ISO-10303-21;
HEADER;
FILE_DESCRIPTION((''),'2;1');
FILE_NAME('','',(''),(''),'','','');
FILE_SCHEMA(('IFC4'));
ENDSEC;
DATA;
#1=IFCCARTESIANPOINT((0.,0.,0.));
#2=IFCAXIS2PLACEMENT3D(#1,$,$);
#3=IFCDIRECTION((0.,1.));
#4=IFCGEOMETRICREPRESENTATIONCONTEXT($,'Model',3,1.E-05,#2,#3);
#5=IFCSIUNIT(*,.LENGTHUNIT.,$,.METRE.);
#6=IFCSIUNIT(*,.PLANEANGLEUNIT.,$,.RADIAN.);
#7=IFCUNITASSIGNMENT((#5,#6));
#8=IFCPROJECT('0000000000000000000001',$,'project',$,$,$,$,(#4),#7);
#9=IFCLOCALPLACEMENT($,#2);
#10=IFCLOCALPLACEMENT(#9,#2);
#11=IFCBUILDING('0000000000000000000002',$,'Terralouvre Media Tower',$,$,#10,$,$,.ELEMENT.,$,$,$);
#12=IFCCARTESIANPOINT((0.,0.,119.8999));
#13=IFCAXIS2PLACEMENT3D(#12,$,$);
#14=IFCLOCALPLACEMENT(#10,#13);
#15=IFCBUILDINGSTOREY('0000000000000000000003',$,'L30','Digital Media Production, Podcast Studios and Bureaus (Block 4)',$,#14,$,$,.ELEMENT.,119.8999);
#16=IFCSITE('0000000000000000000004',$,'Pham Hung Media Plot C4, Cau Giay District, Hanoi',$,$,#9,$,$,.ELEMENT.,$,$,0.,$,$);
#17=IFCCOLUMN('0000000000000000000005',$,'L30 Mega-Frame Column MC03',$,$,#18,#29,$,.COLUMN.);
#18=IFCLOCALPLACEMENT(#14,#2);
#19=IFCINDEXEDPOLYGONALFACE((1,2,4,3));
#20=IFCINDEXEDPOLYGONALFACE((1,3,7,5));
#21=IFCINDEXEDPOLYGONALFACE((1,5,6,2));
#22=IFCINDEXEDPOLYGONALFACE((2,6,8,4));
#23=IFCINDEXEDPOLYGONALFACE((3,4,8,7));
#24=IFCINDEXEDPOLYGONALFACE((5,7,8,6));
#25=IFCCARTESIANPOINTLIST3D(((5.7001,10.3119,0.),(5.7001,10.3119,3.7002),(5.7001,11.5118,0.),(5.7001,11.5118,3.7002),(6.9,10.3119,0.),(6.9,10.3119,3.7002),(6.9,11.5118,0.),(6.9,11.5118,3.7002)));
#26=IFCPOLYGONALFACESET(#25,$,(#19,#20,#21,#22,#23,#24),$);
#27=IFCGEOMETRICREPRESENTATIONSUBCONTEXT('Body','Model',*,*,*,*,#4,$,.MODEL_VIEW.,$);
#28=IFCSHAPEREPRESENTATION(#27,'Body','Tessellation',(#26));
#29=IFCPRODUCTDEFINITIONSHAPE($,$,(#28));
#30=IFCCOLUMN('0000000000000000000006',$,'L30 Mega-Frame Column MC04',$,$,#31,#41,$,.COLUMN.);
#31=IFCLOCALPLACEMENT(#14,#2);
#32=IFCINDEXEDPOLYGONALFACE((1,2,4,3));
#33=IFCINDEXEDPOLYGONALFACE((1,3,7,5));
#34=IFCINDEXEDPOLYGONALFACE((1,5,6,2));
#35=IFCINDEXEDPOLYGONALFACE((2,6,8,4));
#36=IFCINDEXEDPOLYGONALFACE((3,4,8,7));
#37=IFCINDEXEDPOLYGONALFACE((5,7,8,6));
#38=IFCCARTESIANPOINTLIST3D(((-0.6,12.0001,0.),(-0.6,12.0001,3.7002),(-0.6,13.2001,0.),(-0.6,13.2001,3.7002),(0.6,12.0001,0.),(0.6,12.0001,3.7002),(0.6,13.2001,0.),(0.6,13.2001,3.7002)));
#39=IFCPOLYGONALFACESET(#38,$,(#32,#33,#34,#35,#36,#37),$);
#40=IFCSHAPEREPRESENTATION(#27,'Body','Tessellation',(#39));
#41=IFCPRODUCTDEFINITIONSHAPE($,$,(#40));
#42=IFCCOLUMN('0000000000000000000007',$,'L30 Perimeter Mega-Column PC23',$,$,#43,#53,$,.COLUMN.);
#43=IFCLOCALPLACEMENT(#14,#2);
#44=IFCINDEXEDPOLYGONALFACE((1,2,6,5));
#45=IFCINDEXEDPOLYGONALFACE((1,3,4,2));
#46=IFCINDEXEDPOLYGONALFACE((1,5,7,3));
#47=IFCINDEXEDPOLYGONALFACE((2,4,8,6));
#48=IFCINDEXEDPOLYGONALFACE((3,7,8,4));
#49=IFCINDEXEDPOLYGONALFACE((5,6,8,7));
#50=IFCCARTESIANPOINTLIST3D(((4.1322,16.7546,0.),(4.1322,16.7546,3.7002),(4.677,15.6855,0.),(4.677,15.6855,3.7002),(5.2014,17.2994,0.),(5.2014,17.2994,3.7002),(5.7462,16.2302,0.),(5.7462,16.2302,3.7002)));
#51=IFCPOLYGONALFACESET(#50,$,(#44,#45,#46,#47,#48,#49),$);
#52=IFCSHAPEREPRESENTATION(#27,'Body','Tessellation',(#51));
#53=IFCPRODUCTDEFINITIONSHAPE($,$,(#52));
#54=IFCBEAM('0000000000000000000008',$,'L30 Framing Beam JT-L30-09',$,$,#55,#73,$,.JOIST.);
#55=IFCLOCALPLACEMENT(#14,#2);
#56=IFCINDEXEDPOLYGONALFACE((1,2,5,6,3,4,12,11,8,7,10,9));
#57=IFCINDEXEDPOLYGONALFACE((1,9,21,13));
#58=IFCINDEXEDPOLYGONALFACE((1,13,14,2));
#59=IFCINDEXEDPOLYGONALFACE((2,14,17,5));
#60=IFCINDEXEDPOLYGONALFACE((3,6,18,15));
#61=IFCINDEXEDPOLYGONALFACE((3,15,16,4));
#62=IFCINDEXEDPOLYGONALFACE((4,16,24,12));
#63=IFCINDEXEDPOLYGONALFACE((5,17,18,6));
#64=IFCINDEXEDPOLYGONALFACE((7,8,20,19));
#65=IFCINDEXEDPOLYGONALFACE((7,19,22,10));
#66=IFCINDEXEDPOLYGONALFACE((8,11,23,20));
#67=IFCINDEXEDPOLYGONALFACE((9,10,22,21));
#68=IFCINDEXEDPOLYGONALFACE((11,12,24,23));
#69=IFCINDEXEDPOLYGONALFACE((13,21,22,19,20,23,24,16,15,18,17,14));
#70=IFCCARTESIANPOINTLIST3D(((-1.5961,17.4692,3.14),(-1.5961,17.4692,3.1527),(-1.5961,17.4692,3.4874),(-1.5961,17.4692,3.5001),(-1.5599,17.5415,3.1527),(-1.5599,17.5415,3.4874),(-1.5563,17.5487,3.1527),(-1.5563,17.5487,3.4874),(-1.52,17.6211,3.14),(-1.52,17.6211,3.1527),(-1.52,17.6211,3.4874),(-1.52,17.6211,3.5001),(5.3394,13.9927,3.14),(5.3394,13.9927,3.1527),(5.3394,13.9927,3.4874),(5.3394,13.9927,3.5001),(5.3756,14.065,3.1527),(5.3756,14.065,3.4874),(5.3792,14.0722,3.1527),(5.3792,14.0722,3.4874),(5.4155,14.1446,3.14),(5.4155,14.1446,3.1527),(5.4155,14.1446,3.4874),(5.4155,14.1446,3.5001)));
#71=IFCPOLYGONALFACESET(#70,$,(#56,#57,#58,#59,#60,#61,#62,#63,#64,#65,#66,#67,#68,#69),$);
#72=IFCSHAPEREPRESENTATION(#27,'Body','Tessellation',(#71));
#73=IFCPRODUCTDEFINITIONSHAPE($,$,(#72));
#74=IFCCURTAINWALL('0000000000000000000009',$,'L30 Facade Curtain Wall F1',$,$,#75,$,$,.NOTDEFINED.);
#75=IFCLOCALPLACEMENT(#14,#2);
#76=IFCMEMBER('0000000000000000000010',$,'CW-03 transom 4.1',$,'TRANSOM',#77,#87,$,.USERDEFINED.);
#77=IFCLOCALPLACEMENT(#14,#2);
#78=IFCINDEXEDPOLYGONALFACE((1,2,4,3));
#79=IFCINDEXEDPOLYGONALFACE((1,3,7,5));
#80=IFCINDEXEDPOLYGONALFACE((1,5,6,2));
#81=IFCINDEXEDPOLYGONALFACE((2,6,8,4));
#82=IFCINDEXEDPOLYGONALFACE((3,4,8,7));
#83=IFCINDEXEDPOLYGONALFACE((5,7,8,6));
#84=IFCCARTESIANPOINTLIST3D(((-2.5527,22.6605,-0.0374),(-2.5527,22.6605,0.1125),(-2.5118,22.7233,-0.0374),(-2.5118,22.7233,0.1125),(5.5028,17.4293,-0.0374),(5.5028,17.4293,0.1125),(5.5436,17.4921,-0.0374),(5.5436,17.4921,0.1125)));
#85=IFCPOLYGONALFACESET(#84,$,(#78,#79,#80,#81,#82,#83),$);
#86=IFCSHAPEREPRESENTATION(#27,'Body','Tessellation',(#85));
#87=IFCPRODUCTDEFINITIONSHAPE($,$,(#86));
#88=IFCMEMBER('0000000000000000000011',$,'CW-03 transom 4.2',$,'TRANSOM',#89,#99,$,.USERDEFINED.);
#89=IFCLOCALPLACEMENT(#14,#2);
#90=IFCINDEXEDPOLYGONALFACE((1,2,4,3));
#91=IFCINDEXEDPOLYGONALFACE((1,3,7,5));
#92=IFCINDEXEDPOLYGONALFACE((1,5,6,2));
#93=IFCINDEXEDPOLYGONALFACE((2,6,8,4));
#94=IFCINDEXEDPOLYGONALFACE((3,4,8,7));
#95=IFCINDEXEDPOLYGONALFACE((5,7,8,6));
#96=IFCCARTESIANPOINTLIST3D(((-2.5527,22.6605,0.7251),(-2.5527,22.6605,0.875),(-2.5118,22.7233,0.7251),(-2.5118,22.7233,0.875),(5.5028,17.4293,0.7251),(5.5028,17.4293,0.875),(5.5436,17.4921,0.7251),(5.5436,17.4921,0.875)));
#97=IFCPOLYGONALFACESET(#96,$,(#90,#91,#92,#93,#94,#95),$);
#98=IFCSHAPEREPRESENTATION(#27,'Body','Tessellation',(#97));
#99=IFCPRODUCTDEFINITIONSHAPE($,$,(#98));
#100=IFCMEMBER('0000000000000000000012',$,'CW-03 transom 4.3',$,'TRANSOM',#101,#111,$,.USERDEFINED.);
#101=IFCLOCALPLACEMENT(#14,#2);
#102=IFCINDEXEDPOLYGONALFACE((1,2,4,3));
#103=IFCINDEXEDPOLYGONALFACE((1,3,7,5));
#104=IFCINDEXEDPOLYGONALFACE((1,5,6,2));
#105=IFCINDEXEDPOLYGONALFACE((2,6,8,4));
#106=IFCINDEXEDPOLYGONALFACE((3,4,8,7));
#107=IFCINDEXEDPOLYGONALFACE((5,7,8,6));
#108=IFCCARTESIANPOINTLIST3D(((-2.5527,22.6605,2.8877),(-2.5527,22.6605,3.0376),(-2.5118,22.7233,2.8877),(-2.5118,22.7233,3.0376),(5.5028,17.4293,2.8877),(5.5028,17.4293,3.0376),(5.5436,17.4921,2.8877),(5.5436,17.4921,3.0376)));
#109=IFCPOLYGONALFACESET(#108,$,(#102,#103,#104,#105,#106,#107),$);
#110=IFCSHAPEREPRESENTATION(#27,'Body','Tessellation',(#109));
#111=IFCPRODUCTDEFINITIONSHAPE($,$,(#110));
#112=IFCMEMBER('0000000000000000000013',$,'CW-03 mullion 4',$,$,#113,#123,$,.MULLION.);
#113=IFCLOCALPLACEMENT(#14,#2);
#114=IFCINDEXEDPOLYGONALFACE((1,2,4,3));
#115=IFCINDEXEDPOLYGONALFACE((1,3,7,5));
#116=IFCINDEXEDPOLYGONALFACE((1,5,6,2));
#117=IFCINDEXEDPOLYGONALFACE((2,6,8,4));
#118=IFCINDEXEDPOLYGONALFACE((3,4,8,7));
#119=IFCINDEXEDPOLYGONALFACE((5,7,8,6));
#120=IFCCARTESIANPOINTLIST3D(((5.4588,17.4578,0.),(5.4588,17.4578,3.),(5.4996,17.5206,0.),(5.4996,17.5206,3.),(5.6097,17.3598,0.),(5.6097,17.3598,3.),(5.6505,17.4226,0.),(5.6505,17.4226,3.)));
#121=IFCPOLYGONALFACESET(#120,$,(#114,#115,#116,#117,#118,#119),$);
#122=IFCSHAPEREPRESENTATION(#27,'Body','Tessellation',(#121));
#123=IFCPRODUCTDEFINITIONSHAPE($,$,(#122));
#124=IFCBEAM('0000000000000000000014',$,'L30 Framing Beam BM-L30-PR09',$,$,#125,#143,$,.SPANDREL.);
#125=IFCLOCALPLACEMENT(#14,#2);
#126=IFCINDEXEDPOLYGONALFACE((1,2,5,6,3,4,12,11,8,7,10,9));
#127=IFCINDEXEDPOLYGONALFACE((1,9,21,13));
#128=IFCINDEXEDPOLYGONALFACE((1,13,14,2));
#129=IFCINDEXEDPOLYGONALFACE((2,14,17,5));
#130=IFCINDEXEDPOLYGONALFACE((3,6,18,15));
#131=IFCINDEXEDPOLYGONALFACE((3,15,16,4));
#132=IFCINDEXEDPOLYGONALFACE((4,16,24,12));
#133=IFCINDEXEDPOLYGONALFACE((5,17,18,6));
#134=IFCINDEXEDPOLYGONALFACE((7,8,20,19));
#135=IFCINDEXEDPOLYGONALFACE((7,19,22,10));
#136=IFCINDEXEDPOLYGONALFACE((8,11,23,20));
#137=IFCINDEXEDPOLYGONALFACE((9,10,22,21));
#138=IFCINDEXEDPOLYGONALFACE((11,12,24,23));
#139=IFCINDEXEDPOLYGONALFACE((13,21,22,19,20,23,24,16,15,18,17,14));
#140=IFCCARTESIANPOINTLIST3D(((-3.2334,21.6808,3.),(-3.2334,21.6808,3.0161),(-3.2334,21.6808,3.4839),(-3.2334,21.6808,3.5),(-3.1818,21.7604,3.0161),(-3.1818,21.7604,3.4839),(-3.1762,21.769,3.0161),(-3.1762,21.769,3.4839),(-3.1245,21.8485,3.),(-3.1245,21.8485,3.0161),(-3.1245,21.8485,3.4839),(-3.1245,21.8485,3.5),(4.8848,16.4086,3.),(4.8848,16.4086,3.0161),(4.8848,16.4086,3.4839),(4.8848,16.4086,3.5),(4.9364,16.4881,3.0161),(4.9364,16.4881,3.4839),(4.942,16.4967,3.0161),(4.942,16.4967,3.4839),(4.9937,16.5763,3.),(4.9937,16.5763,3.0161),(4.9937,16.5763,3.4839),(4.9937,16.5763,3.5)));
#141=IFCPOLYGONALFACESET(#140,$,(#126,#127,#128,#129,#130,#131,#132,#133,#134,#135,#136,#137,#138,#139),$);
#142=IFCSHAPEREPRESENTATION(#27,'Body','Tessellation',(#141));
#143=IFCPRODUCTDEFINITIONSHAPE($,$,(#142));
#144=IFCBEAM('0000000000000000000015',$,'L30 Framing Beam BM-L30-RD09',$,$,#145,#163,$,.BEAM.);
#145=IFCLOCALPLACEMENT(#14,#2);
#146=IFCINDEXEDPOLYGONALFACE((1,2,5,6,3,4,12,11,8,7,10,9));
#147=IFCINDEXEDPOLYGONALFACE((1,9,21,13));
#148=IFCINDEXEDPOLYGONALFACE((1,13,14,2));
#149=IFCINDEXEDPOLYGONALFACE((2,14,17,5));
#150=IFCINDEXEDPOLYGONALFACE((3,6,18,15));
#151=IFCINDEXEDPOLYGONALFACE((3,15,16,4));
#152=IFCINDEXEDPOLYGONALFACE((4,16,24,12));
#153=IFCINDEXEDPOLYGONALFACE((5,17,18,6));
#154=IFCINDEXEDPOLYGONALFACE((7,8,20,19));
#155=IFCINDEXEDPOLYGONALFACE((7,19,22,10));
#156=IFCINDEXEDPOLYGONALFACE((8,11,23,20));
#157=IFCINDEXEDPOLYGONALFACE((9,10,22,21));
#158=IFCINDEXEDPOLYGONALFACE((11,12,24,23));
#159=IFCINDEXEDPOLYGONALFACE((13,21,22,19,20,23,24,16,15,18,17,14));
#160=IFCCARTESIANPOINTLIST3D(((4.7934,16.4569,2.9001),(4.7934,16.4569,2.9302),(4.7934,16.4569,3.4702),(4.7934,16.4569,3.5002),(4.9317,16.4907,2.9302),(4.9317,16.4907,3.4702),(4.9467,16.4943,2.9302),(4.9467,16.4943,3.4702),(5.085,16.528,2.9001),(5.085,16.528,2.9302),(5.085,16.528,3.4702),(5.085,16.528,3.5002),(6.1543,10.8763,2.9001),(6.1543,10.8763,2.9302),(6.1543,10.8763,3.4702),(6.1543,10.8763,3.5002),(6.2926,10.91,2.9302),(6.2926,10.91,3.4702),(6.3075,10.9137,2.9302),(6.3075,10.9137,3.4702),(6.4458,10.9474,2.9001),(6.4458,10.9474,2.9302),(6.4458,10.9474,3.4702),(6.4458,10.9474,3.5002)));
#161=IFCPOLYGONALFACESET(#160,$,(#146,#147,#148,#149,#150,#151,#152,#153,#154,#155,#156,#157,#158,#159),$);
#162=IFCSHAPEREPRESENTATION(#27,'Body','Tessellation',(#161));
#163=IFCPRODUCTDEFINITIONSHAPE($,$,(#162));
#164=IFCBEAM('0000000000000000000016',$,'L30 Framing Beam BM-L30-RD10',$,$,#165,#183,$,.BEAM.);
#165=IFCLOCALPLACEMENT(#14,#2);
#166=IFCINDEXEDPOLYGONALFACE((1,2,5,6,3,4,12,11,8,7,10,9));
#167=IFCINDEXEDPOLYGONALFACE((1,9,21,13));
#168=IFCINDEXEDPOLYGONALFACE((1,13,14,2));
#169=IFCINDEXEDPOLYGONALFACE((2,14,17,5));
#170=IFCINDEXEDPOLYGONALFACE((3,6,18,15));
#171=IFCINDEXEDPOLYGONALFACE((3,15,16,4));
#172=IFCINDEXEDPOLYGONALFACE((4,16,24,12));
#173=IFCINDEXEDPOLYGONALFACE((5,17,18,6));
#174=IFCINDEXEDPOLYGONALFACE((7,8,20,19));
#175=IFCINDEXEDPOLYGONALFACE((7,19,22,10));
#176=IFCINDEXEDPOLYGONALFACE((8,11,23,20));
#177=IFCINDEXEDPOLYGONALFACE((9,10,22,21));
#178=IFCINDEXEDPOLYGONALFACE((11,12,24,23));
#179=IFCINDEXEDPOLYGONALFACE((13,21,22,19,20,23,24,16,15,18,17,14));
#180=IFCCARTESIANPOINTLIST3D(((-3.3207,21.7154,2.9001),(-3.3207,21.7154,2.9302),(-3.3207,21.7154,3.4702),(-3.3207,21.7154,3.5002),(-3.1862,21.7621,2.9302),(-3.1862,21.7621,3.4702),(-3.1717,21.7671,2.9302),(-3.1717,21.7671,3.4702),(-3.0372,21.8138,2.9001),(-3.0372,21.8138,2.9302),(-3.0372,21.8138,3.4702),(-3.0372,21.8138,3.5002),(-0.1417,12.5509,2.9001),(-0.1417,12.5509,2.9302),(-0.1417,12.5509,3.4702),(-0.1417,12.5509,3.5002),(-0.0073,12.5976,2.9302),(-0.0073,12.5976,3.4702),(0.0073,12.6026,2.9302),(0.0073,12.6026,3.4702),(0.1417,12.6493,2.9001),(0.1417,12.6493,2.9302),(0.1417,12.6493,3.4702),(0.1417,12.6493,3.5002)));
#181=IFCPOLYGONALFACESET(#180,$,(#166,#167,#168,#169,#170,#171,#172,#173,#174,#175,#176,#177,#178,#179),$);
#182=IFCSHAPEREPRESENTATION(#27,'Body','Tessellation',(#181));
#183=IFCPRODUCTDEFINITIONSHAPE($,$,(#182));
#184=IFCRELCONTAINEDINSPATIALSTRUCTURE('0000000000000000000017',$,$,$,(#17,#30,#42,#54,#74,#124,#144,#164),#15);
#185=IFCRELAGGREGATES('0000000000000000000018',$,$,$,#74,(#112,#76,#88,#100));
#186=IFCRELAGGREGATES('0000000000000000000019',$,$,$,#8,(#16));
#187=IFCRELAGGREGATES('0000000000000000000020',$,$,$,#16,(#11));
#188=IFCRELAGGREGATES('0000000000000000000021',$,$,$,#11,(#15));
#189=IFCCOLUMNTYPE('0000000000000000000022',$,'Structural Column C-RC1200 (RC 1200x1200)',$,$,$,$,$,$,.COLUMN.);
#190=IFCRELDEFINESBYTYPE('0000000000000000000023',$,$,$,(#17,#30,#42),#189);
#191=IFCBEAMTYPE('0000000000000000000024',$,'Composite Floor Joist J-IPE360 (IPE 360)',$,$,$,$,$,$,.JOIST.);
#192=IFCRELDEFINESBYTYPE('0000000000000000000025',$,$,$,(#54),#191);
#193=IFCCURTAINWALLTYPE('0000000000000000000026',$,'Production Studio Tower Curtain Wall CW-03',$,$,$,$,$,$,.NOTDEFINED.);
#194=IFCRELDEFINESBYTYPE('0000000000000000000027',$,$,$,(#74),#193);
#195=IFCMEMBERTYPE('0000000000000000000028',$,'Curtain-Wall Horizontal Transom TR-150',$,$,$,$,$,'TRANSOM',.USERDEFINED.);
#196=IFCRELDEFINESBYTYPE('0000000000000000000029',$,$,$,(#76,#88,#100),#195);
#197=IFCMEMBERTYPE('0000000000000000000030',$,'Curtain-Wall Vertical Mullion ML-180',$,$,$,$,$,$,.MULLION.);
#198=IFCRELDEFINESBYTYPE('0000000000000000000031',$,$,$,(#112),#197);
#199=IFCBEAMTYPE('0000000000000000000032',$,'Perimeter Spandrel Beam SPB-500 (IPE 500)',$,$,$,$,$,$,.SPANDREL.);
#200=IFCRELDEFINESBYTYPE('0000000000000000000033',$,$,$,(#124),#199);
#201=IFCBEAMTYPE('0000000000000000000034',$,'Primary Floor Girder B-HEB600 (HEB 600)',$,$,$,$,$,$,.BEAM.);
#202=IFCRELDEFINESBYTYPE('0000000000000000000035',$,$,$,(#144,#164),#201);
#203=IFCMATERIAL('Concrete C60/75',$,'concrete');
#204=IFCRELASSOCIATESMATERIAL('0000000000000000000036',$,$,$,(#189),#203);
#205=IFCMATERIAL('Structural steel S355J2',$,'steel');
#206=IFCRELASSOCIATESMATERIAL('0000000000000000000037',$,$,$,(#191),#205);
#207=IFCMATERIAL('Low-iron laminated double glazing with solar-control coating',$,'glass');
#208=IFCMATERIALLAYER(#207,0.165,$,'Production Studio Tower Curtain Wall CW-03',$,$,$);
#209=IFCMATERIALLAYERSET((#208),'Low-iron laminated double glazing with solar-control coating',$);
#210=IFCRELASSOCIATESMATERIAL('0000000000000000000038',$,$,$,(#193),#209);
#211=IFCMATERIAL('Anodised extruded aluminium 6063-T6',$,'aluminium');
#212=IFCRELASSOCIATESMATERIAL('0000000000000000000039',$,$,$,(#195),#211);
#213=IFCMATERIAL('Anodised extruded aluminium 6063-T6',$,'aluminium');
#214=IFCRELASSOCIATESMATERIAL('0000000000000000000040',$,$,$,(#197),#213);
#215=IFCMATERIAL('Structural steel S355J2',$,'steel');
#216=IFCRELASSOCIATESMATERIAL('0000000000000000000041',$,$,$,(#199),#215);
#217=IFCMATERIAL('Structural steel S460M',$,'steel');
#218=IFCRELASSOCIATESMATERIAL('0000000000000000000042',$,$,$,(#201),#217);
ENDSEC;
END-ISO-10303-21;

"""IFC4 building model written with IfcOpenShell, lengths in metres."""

from ifc_helpers import new_model, si_unit, direction, frame, origin, origin_2d, place, context, subcontext, project, spatial, rectangle, i_section, extrude, material, layer, layer_set, material_profile, profile_set, type_object, element, aggregate, save


model = new_model("IFC4")

# Units and contexts
model_context = context("Model", 3, precision=1e-05, world=origin(), true_north=direction((0.0, 1.0)))
body_context = subcontext(model_context, "Body", "Model", "MODEL_VIEW")
ifc_project = project(units=[si_unit("LENGTHUNIT", "METRE"), si_unit("PLANEANGLEUNIT", "RADIAN")], contexts=[model_context])

# Site, building, storey
site_placement = place(None, origin())
site = spatial("IfcSite", under=ifc_project, at=site_placement, Name="Pham Hung Media Plot C4, Cau Giay District, Hanoi", CompositionType="ELEMENT", RefElevation=0.0)
building_placement = place(site_placement, origin())
building = spatial("IfcBuilding", under=site, at=building_placement, Name="Terralouvre Media Tower", CompositionType="ELEMENT")
storey_placement = place(building_placement, frame((0.0, 0.0, 119.8999)))
storey = spatial("IfcBuildingStorey", under=building, at=storey_placement, Name="L30", Description="Digital Media Production, Podcast Studios and Bureaus (Block 4)", CompositionType="ELEMENT", Elevation=119.8999)

# Columns
ifc_material_1 = material(Name="Concrete C60/75", Category="concrete")
ifc_material_profile_1 = material_profile(ifc_material_1, rectangle(XDim=1.2, YDim=1.2, at=origin_2d()), Name="RC 1200x1200")
ifc_profile_set_1 = profile_set([ifc_material_profile_1], Name="Concrete C60/75")
column_type = type_object("IfcColumnType", Name="Structural Column C-RC1200 (RC 1200x1200)", PredefinedType="COLUMN", material=ifc_profile_set_1)
for number, where, z_axis, x_axis, name in (
    (1, (6.3, 10.9119, 0.0), (0.0, 0.0, 1.0), (1.0, 0.0, 0.0), "L30 Mega-Frame Column MC03"),
    (2, (0.0, 12.6001, 0.0), (0.0, 0.0, 1.0), (1.0, 0.0, 0.0), "L30 Mega-Frame Column MC04"),
    (3, (4.9392, 16.4924, 0.0), (0.0, 0.0, 1.0), (0.891007, 0.45399, 0.0), "L30 Perimeter Mega-Column PC23"),
):
    element("IfcColumn", number, at=place(storey_placement, frame(where, z_axis=z_axis, x_axis=x_axis)), inside=storey, type_object=column_type, Name=name, PredefinedType="COLUMN", context=body_context, shape_type="SweptSolid", body=[
        extrude(rectangle(XDim=1.2, YDim=1.2, at=origin_2d()), origin(), (0.0, 0.0, 1.0), 3.7002),
    ])

# Beam
ifc_material_2 = material(Name="Structural steel S355J2", Category="steel")
ifc_material_profile_2 = material_profile(ifc_material_2, i_section(OverallWidth=0.1699, OverallDepth=0.3601, WebThickness=0.0081, FlangeThickness=0.0127, at=origin_2d()), Name="IPE 360")
ifc_profile_set_2 = profile_set([ifc_material_profile_2], Name="Structural steel S355J2")
beam_type_1 = type_object("IfcBeamType", Name="Composite Floor Joist J-IPE360 (IPE 360)", PredefinedType="JOIST", material=ifc_profile_set_2)
beam_1_placement = place(storey_placement, frame((5.3774, 14.0686, 3.3201), z_axis=(-0.893974, 0.44812, 0.0), x_axis=(-0.44812, -0.893974, 0.0)))
element("IfcBeam", 4, at=beam_1_placement, inside=storey, type_object=beam_type_1, Name="L30 Framing Beam JT-L30-09", PredefinedType="JOIST", context=body_context, shape_type="SweptSolid", body=[
    extrude(i_section(OverallWidth=0.1699, OverallDepth=0.3601, WebThickness=0.0081, FlangeThickness=0.0127, at=origin_2d()), origin(), (0.0, 0.0, 1.0), 7.7581),
])

# Curtain wall, members
ifc_material_3 = material(Name="Low-iron laminated double glazing with solar-control coating", Category="glass")
ifc_layer_1 = layer(ifc_material_3, 0.165, Name="Production Studio Tower Curtain Wall CW-03")
ifc_layer_set_1 = layer_set([ifc_layer_1], Name="Low-iron laminated double glazing with solar-control coating")
curtain_wall_type = type_object("IfcCurtainWallType", Name="Production Studio Tower Curtain Wall CW-03", PredefinedType="NOTDEFINED", material=ifc_layer_set_1)
curtain_wall_placement = place(storey_placement, origin())
curtain_wall = element("IfcCurtainWall", 5, at=curtain_wall_placement, inside=storey, type_object=curtain_wall_type, Name="L30 Facade Curtain Wall F1", PredefinedType="NOTDEFINED")
ifc_material_4 = material(Name="Anodised extruded aluminium 6063-T6", Category="aluminium")
ifc_material_profile_3 = material_profile(ifc_material_4, rectangle(XDim=0.075, YDim=0.1499, at=origin_2d()), Name="ALU 75x150")
ifc_profile_set_3 = profile_set([ifc_material_profile_3], Name="Anodised extruded aluminium 6063-T6")
member_type_1 = type_object("IfcMemberType", Name="Curtain-Wall Horizontal Transom TR-150", ElementType="TRANSOM", PredefinedType="USERDEFINED", material=ifc_profile_set_3)
member_1_placement = place(storey_placement, frame((5.5232, 17.4607, 0.0376), z_axis=(-0.838673, 0.544635, 0.0), x_axis=(-0.544635, -0.838673, 0.0)))
member_1 = element("IfcMember", 6, at=member_1_placement, type_object=member_type_1, Name="CW-03 transom 4.1", ObjectType="TRANSOM", PredefinedType="USERDEFINED", context=body_context, shape_type="SweptSolid", body=[
    extrude(rectangle(XDim=0.075, YDim=0.1499, at=origin_2d()), origin(), (0.0, 0.0, 1.0), 9.605),
])
member_2_placement = place(storey_placement, frame((5.5232, 17.4607, 0.8), z_axis=(-0.838673, 0.544635, 0.0), x_axis=(-0.544635, -0.838673, 0.0)))
member_2 = element("IfcMember", 7, at=member_2_placement, type_object=member_type_1, Name="CW-03 transom 4.2", ObjectType="TRANSOM", PredefinedType="USERDEFINED", context=body_context, shape_type="SweptSolid", body=[
    extrude(rectangle(XDim=0.075, YDim=0.1499, at=origin_2d()), origin(), (0.0, 0.0, 1.0), 9.605),
])
member_3_placement = place(storey_placement, frame((5.5232, 17.4607, 2.9626), z_axis=(-0.838673, 0.544635, 0.0), x_axis=(-0.544635, -0.838673, 0.0)))
member_3 = element("IfcMember", 8, at=member_3_placement, type_object=member_type_1, Name="CW-03 transom 4.3", ObjectType="TRANSOM", PredefinedType="USERDEFINED", context=body_context, shape_type="SweptSolid", body=[
    extrude(rectangle(XDim=0.075, YDim=0.1499, at=origin_2d()), origin(), (0.0, 0.0, 1.0), 9.605),
])
ifc_material_5 = material(Name="Anodised extruded aluminium 6063-T6", Category="aluminium")
ifc_material_profile_4 = material_profile(ifc_material_5, rectangle(XDim=0.075, YDim=0.1799, at=origin_2d()), Name="ALU 75x180")
ifc_profile_set_4 = profile_set([ifc_material_profile_4], Name="Anodised extruded aluminium 6063-T6")
member_type_2 = type_object("IfcMemberType", Name="Curtain-Wall Vertical Mullion ML-180", PredefinedType="MULLION", material=ifc_profile_set_4)
member_4_placement = place(storey_placement, frame((5.5547, 17.4402, 0.0), z_axis=(0.0, 0.0, 1.0), x_axis=(-0.544639, -0.838671, 0.0)))
member_4 = element("IfcMember", 9, at=member_4_placement, type_object=member_type_2, Name="CW-03 mullion 4", PredefinedType="MULLION", context=body_context, shape_type="SweptSolid", body=[
    extrude(rectangle(XDim=0.075, YDim=0.1799, at=origin_2d()), origin(), (0.0, 0.0, 1.0), 3.0),
])

# Beams
ifc_material_6 = material(Name="Structural steel S355J2", Category="steel")
ifc_material_profile_5 = material_profile(ifc_material_6, i_section(OverallWidth=0.2, OverallDepth=0.5, WebThickness=0.0103, FlangeThickness=0.0161, at=origin_2d()), Name="IPE 500")
ifc_profile_set_5 = profile_set([ifc_material_profile_5], Name="Structural steel S355J2")
beam_type_2 = type_object("IfcBeamType", Name="Perimeter Spandrel Beam SPB-500 (IPE 500)", PredefinedType="SPANDREL", material=ifc_profile_set_5)
beam_2_placement = place(storey_placement, frame((4.9392, 16.4924, 3.25), z_axis=(-0.83866, 0.544655, 0.0), x_axis=(-0.544655, -0.83866, 0.0)))
element("IfcBeam", 10, at=beam_2_placement, inside=storey, type_object=beam_type_2, Name="L30 Framing Beam BM-L30-PR09", PredefinedType="SPANDREL", context=body_context, shape_type="SweptSolid", body=[
    extrude(i_section(OverallWidth=0.2, OverallDepth=0.5, WebThickness=0.0103, FlangeThickness=0.0161, at=origin_2d()), origin(), (0.0, 0.0, 1.0), 9.6799),
])
ifc_material_7 = material(Name="Structural steel S460M", Category="steel")
ifc_material_profile_6 = material_profile(ifc_material_7, i_section(OverallWidth=0.3, OverallDepth=0.6001, WebThickness=0.0154, FlangeThickness=0.03, at=origin_2d()), Name="HEB 600")
ifc_profile_set_6 = profile_set([ifc_material_profile_6], Name="Structural steel S460M")
beam_type_3 = type_object("IfcBeamType", Name="Primary Floor Girder B-HEB600 (HEB 600)", PredefinedType="BEAM", material=ifc_profile_set_6)
beam_3_placement = place(storey_placement, frame((6.3, 10.9119, 3.2002), z_axis=(-0.236911, 0.971531, 0.0), x_axis=(-0.971531, -0.236911, 0.0)))
element("IfcBeam", 11, at=beam_3_placement, inside=storey, type_object=beam_type_3, Name="L30 Framing Beam BM-L30-RD09", PredefinedType="BEAM", context=body_context, shape_type="SweptSolid", body=[
    extrude(i_section(OverallWidth=0.3, OverallDepth=0.6001, WebThickness=0.0154, FlangeThickness=0.03, at=origin_2d()), origin(), (0.0, 0.0, 1.0), 5.7441),
])
beam_4_placement = place(storey_placement, frame((0.0, 12.6001, 3.2002), z_axis=(-0.327719, 0.944775, 0.0), x_axis=(-0.944775, -0.327719, 0.0)))
element("IfcBeam", 12, at=beam_4_placement, inside=storey, type_object=beam_type_3, Name="L30 Framing Beam BM-L30-RD10", PredefinedType="BEAM", context=body_context, shape_type="SweptSolid", body=[
    extrude(i_section(OverallWidth=0.3, OverallDepth=0.6001, WebThickness=0.0154, FlangeThickness=0.03, at=origin_2d()), origin(), (0.0, 0.0, 1.0), 9.7002),
])

aggregate(curtain_wall, [member_4, member_1, member_2, member_3])

save(model, "model.ifc")
